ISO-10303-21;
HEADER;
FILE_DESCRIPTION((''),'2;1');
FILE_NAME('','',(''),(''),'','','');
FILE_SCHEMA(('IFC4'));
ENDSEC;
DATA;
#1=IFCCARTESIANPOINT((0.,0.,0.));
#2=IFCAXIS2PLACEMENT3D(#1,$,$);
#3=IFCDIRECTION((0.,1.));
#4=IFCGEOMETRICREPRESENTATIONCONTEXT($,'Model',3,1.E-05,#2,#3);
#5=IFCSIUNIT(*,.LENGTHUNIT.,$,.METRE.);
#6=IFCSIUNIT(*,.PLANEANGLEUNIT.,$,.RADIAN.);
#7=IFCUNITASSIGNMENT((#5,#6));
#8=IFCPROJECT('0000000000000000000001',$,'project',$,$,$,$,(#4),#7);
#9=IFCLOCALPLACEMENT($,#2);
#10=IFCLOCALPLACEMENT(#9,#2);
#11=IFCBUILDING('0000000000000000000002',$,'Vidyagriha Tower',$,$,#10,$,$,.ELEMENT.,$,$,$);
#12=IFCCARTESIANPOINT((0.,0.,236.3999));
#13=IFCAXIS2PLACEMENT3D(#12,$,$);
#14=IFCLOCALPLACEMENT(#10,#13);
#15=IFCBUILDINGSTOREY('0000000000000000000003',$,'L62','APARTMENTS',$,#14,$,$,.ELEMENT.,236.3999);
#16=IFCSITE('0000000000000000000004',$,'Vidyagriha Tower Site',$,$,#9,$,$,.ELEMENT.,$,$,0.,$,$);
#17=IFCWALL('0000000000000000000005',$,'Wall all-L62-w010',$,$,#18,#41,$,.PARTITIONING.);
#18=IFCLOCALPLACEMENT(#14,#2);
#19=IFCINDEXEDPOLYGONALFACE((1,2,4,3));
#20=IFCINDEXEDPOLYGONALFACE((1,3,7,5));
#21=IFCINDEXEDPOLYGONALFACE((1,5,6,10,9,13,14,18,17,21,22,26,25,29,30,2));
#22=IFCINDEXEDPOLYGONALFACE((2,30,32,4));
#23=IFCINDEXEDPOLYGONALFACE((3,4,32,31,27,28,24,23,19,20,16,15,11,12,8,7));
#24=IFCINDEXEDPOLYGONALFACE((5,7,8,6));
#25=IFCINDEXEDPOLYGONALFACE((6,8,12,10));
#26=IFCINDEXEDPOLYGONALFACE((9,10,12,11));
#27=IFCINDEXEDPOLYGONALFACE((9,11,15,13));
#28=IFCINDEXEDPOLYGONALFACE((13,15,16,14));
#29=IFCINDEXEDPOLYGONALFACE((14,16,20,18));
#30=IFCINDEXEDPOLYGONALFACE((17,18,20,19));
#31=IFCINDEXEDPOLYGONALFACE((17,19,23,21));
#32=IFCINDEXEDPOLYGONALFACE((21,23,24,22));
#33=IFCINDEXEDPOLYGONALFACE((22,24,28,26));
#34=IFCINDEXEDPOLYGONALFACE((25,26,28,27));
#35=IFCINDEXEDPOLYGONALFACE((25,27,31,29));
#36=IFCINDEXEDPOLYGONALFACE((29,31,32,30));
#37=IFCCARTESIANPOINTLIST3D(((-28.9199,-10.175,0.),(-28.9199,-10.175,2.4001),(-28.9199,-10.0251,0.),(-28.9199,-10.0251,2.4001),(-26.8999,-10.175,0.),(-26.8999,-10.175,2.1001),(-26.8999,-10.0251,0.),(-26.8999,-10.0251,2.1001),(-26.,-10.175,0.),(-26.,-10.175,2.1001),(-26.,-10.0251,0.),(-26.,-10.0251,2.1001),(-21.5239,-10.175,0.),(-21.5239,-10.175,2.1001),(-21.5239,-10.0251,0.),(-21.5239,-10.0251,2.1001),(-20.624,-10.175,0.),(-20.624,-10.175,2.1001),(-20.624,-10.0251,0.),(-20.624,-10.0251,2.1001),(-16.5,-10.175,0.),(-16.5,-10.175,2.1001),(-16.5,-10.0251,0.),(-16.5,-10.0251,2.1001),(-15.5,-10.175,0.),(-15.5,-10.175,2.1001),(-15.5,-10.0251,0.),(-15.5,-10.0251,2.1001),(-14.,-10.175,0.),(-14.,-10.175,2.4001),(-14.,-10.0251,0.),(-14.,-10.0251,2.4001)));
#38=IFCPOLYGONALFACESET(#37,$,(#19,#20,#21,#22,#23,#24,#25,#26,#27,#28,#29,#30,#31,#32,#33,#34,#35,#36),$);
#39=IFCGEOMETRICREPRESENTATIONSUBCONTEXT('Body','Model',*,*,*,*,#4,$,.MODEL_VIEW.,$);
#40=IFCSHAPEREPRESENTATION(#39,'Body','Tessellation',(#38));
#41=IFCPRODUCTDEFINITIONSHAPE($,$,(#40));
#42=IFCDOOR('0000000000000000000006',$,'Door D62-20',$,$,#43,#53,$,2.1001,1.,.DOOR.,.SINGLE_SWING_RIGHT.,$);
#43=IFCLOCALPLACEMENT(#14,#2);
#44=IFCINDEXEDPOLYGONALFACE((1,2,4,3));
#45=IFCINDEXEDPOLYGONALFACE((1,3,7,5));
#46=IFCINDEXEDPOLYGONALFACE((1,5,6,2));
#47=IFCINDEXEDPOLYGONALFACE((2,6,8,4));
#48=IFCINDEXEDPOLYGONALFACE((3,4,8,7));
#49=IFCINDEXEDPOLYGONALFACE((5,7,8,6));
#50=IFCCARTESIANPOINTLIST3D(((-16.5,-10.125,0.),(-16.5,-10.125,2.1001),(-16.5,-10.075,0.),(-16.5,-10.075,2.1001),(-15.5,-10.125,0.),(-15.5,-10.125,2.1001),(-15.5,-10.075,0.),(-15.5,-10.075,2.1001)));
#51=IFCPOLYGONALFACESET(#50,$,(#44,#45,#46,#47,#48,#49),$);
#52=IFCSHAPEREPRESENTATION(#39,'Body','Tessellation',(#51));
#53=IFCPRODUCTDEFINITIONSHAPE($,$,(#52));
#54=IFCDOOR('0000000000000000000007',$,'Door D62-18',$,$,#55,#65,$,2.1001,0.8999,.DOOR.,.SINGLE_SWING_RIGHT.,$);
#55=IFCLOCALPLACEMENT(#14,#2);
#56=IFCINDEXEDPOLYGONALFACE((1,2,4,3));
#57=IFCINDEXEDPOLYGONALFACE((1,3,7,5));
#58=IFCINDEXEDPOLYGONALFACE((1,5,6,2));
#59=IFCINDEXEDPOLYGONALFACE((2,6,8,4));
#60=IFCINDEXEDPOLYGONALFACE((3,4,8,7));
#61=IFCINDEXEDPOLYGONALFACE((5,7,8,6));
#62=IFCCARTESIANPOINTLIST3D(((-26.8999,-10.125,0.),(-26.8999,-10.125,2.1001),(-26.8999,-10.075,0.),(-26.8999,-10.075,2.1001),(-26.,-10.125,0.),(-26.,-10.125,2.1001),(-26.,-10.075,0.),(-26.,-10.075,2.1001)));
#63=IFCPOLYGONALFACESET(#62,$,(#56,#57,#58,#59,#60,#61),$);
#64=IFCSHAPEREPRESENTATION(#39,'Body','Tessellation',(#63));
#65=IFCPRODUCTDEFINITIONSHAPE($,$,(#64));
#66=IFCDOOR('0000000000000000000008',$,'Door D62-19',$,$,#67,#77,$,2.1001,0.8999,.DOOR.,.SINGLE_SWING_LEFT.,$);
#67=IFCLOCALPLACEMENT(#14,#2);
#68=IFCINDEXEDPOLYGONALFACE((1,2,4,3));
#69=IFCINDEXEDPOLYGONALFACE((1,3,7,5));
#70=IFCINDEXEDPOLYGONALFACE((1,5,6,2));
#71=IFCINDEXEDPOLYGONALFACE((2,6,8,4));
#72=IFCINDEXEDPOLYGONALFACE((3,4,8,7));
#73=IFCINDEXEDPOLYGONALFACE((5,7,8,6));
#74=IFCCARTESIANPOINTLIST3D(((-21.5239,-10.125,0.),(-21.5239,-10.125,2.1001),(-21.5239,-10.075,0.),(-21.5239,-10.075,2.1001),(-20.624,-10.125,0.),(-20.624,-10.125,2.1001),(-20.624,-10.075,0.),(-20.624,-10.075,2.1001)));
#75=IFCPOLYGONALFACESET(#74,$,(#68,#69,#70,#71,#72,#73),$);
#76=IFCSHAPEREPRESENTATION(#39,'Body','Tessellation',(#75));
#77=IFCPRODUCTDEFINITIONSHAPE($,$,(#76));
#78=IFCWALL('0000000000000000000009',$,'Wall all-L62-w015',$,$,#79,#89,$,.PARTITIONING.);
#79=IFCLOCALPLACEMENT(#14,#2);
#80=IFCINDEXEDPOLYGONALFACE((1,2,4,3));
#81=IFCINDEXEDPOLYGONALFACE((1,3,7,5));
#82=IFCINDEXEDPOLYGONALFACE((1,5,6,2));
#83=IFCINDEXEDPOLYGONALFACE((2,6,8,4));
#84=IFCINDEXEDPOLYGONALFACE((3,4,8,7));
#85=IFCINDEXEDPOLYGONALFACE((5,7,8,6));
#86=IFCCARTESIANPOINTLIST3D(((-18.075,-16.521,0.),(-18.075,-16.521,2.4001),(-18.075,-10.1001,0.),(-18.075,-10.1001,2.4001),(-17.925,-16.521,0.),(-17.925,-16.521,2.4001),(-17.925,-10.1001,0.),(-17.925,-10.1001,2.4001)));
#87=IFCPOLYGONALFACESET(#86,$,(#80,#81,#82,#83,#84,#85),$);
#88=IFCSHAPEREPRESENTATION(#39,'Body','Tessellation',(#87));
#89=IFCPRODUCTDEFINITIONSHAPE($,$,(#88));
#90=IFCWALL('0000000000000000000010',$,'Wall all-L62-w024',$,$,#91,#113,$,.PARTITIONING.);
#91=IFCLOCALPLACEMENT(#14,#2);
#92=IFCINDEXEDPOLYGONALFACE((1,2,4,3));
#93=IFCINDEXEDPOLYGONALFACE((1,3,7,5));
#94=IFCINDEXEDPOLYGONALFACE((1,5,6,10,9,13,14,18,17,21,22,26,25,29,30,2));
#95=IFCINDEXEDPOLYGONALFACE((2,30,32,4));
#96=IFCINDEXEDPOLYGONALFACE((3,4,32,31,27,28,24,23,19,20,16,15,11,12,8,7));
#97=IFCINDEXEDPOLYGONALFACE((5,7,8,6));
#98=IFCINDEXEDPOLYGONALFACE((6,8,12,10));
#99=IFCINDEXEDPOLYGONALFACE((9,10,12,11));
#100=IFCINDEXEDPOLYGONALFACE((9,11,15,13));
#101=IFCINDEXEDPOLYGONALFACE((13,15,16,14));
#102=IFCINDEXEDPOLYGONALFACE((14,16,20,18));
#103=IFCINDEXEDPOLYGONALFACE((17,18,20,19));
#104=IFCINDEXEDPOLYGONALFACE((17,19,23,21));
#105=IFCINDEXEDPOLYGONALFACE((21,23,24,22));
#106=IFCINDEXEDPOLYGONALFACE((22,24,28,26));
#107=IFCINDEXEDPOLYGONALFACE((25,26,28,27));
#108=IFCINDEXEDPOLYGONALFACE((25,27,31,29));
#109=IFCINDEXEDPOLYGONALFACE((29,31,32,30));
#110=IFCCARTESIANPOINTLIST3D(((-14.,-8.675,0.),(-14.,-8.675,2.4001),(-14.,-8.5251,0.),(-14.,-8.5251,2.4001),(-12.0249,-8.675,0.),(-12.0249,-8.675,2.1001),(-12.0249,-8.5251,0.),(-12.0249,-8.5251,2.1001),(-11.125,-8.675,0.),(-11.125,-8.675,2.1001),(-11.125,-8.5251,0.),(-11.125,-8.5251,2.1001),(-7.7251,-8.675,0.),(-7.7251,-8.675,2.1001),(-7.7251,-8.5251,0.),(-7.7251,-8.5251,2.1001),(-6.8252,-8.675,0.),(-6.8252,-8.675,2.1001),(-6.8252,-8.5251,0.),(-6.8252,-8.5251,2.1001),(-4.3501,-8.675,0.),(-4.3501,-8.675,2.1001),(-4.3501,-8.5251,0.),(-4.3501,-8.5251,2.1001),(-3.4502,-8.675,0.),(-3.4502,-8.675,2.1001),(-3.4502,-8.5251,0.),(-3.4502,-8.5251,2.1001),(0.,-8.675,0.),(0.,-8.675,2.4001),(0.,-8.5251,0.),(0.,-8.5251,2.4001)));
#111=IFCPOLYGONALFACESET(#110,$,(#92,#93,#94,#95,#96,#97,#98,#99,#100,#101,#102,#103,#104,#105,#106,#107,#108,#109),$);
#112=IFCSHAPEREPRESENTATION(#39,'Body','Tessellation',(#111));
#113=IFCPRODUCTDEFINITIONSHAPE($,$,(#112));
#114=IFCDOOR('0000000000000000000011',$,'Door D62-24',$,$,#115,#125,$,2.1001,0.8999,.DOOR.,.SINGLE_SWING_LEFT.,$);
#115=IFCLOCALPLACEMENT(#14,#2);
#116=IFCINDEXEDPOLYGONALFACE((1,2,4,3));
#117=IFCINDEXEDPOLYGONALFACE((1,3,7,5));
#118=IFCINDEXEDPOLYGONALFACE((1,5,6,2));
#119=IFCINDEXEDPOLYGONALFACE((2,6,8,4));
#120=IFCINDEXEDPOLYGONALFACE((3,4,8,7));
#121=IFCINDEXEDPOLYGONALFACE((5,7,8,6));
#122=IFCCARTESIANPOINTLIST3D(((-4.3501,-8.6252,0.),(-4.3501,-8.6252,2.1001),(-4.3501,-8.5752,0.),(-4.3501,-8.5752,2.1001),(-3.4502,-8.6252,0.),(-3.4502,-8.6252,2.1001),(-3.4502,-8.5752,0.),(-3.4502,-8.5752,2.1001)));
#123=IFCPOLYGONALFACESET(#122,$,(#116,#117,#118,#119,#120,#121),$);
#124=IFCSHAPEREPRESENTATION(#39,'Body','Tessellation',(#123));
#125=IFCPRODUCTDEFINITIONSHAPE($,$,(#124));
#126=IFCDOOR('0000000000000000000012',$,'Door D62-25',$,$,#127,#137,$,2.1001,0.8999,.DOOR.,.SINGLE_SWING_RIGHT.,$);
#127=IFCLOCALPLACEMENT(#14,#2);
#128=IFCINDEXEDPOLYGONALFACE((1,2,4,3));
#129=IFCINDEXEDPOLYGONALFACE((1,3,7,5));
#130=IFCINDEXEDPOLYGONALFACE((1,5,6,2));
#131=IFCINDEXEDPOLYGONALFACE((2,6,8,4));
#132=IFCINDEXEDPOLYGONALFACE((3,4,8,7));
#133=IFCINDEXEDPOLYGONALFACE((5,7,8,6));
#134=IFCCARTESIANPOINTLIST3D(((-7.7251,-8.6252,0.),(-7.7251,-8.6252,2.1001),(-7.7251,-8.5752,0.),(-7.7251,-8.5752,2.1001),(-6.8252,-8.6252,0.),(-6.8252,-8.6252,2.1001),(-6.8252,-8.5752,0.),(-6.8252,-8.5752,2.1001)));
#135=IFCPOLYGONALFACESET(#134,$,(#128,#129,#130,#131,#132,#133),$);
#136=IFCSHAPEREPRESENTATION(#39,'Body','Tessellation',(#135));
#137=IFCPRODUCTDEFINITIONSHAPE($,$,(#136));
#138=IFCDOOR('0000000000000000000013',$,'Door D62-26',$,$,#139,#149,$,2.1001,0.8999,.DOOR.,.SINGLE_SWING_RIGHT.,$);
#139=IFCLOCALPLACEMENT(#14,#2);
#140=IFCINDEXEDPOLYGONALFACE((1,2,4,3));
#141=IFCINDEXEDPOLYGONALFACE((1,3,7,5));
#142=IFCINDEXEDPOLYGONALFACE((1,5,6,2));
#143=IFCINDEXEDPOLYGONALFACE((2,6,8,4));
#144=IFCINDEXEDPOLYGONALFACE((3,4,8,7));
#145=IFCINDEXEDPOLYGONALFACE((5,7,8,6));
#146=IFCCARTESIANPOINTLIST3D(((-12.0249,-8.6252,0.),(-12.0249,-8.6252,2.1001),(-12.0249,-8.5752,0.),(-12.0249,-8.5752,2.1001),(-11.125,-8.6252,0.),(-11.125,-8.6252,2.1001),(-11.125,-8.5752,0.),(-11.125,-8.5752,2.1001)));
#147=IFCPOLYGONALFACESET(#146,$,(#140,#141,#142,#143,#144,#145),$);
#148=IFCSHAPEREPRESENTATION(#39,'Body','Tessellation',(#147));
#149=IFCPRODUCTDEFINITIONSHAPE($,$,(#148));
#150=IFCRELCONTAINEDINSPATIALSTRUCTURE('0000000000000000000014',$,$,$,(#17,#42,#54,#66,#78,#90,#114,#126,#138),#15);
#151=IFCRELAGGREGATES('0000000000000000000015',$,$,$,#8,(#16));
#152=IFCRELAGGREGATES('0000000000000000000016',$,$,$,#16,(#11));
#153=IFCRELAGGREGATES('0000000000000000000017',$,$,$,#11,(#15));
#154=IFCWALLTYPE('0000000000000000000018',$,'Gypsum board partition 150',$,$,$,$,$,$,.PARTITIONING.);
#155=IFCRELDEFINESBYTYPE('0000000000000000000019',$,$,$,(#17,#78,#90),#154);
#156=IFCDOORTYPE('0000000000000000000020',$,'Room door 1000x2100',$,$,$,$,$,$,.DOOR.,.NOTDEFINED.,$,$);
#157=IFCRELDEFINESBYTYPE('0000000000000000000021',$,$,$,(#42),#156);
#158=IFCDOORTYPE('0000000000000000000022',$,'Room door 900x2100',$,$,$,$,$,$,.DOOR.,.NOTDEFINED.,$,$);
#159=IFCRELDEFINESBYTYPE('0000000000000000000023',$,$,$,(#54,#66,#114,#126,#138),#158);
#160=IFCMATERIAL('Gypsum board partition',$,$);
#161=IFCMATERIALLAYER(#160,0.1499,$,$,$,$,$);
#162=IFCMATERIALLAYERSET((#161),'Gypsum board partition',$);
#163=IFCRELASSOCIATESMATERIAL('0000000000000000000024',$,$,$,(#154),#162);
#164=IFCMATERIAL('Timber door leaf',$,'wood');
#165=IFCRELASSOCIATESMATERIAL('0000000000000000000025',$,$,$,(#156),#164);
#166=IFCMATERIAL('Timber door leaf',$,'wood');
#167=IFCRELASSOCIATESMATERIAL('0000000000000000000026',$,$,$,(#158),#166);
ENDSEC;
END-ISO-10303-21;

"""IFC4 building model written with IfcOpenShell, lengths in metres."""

from ifc_helpers import new_model, si_unit, direction, frame, frame_2d, origin, place, context, subcontext, project, spatial, rectangle, extrude, material, layer, layer_set, type_object, element, fill, save


model = new_model("IFC4")

# Units and contexts
model_context = context("Model", 3, precision=1e-05, world=origin(), true_north=direction((0.0, 1.0)))
body_context = subcontext(model_context, "Body", "Model", "MODEL_VIEW")
ifc_project = project(units=[si_unit("LENGTHUNIT", "METRE"), si_unit("PLANEANGLEUNIT", "RADIAN")], contexts=[model_context])

# Site, building, storey
site_placement = place(None, origin())
site = spatial("IfcSite", under=ifc_project, at=site_placement, Name="Vidyagriha Tower Site", CompositionType="ELEMENT", RefElevation=0.0)
building_placement = place(site_placement, origin())
building = spatial("IfcBuilding", under=site, at=building_placement, Name="Vidyagriha Tower", CompositionType="ELEMENT")
storey_placement = place(building_placement, frame((0.0, 0.0, 236.3999)))
storey = spatial("IfcBuildingStorey", under=building, at=storey_placement, Name="L62", Description="APARTMENTS", CompositionType="ELEMENT", Elevation=236.3999)

# Shared definitions
ifc_material_1 = material(Name="Gypsum board partition")
ifc_layer_1 = layer(ifc_material_1, 0.1499)
ifc_layer_set_1 = layer_set([ifc_layer_1], Name="Gypsum board partition")
wall_type_1 = type_object("IfcWallType", Name="Gypsum board partition 150", PredefinedType="PARTITIONING", material=ifc_layer_set_1)

# Wall, openings, doors
wall_1_placement = place(storey_placement, frame((-14.0, -10.1001, 0.0), z_axis=(0.0, 0.0, 1.0), x_axis=(-1.0, 0.0, 0.0)))
wall_1 = element("IfcWall", 1, at=wall_1_placement, inside=storey, type_object=wall_type_1, Name="Wall all-L62-w010", PredefinedType="PARTITIONING", context=body_context, shape_type="SweptSolid", body=[
    extrude(rectangle(XDim=14.9199, YDim=0.1499, at=frame_2d((7.46, 0.0))), origin(), (0.0, 0.0, 1.0), 2.4001),
])
opening_1_placement = place(wall_1_placement, frame((12.0, 0.0, 0.0)))
opening_1 = element("IfcOpeningElement", 2, at=opening_1_placement, cuts=wall_1, PredefinedType="OPENING", context=body_context, shape_type="SweptSolid", body=[
    extrude(rectangle(XDim=0.8999, YDim=2.1001, at=frame_2d((0.45, 1.05))), frame((0.0, 0.085, 0.0), z_axis=(0.0, -1.0, 0.0), x_axis=(1.0, 0.0, 0.0)), (0.0, 0.0, 1.0), 0.1699),
])
opening_2_placement = place(wall_1_placement, frame((6.624, 0.0, 0.0)))
opening_2 = element("IfcOpeningElement", 3, at=opening_2_placement, cuts=wall_1, PredefinedType="OPENING", context=body_context, shape_type="SweptSolid", body=[
    extrude(rectangle(XDim=0.8999, YDim=2.1001, at=frame_2d((0.45, 1.05))), frame((0.0, 0.085, 0.0), z_axis=(0.0, -1.0, 0.0), x_axis=(1.0, 0.0, 0.0)), (0.0, 0.0, 1.0), 0.1699),
])
opening_3_placement = place(wall_1_placement, frame((1.5, 0.0, 0.0)))
opening_3 = element("IfcOpeningElement", 4, at=opening_3_placement, cuts=wall_1, PredefinedType="OPENING", context=body_context, shape_type="SweptSolid", body=[
    extrude(rectangle(XDim=1.0, YDim=2.1001, at=frame_2d((0.5, 1.05))), frame((0.0, 0.085, 0.0), z_axis=(0.0, -1.0, 0.0), x_axis=(1.0, 0.0, 0.0)), (0.0, 0.0, 1.0), 0.1699),
])
ifc_material_2 = material(Name="Timber door leaf", Category="wood")
door_type_1 = type_object("IfcDoorType", Name="Room door 1000x2100", OperationType="NOTDEFINED", PredefinedType="DOOR", material=ifc_material_2)
door_1_placement = place(opening_3_placement, origin())
door_1 = element("IfcDoor", 5, at=door_1_placement, inside=storey, type_object=door_type_1, Name="Door D62-20", OperationType="SINGLE_SWING_RIGHT", OverallHeight=2.1001, OverallWidth=1.0, PredefinedType="DOOR", context=body_context, shape_type="SweptSolid", body=[
    extrude(rectangle(XDim=1.0, YDim=2.1001, at=frame_2d((0.5, 1.05))), frame((0.0, 0.0249, 0.0), z_axis=(0.0, -1.0, 0.0), x_axis=(1.0, 0.0, 0.0)), (0.0, 0.0, 1.0), 0.05),
])
fill(opening_3, door_1)
ifc_material_3 = material(Name="Timber door leaf", Category="wood")
door_type_2 = type_object("IfcDoorType", Name="Room door 900x2100", OperationType="NOTDEFINED", PredefinedType="DOOR", material=ifc_material_3)
door_2_placement = place(opening_1_placement, origin())
door_2 = element("IfcDoor", 6, at=door_2_placement, inside=storey, type_object=door_type_2, Name="Door D62-18", OperationType="SINGLE_SWING_RIGHT", OverallHeight=2.1001, OverallWidth=0.8999, PredefinedType="DOOR", context=body_context, shape_type="SweptSolid", body=[
    extrude(rectangle(XDim=0.8999, YDim=2.1001, at=frame_2d((0.45, 1.05))), frame((0.0, 0.0249, 0.0), z_axis=(0.0, -1.0, 0.0), x_axis=(1.0, 0.0, 0.0)), (0.0, 0.0, 1.0), 0.05),
])
fill(opening_1, door_2)
door_3_placement = place(opening_2_placement, origin())
door_3 = element("IfcDoor", 7, at=door_3_placement, inside=storey, type_object=door_type_2, Name="Door D62-19", OperationType="SINGLE_SWING_LEFT", OverallHeight=2.1001, OverallWidth=0.8999, PredefinedType="DOOR", context=body_context, shape_type="SweptSolid", body=[
    extrude(rectangle(XDim=0.8999, YDim=2.1001, at=frame_2d((0.45, 1.05))), frame((0.0, 0.0249, 0.0), z_axis=(0.0, -1.0, 0.0), x_axis=(1.0, 0.0, 0.0)), (0.0, 0.0, 1.0), 0.05),
])
fill(opening_2, door_3)

# Wall
wall_2_placement = place(storey_placement, frame((-18.0, -10.1001, 0.0), z_axis=(0.0, 0.0, 1.0), x_axis=(0.0, -1.0, 0.0)))
element("IfcWall", 8, at=wall_2_placement, inside=storey, type_object=wall_type_1, Name="Wall all-L62-w015", PredefinedType="PARTITIONING", context=body_context, shape_type="SweptSolid", body=[
    extrude(rectangle(XDim=6.4209, YDim=0.1499, at=frame_2d((3.2104, 0.0))), origin(), (0.0, 0.0, 1.0), 2.4001),
])

# Wall, openings, doors
wall_3_placement = place(storey_placement, frame((-14.0, -8.6001, 0.0)))
wall_3 = element("IfcWall", 9, at=wall_3_placement, inside=storey, type_object=wall_type_1, Name="Wall all-L62-w024", PredefinedType="PARTITIONING", context=body_context, shape_type="SweptSolid", body=[
    extrude(rectangle(XDim=14.0, YDim=0.1499, at=frame_2d((7.0, 0.0))), origin(), (0.0, 0.0, 1.0), 2.4001),
])
opening_4_placement = place(wall_3_placement, frame((9.6499, 0.0, 0.0)))
opening_4 = element("IfcOpeningElement", 10, at=opening_4_placement, cuts=wall_3, PredefinedType="OPENING", context=body_context, shape_type="SweptSolid", body=[
    extrude(rectangle(XDim=0.8999, YDim=2.1001, at=frame_2d((0.45, 1.05))), frame((0.0, 0.085, 0.0), z_axis=(0.0, -1.0, 0.0), x_axis=(1.0, 0.0, 0.0)), (0.0, 0.0, 1.0), 0.1699),
])
opening_5_placement = place(wall_3_placement, frame((6.2749, 0.0, 0.0)))
opening_5 = element("IfcOpeningElement", 11, at=opening_5_placement, cuts=wall_3, PredefinedType="OPENING", context=body_context, shape_type="SweptSolid", body=[
    extrude(rectangle(XDim=0.8999, YDim=2.1001, at=frame_2d((0.45, 1.05))), frame((0.0, 0.085, 0.0), z_axis=(0.0, -1.0, 0.0), x_axis=(1.0, 0.0, 0.0)), (0.0, 0.0, 1.0), 0.1699),
])
opening_6_placement = place(wall_3_placement, frame((1.9751, 0.0, 0.0)))
opening_6 = element("IfcOpeningElement", 12, at=opening_6_placement, cuts=wall_3, PredefinedType="OPENING", context=body_context, shape_type="SweptSolid", body=[
    extrude(rectangle(XDim=0.8999, YDim=2.1001, at=frame_2d((0.45, 1.05))), frame((0.0, 0.085, 0.0), z_axis=(0.0, -1.0, 0.0), x_axis=(1.0, 0.0, 0.0)), (0.0, 0.0, 1.0), 0.1699),
])
door_4_placement = place(opening_4_placement, origin())
door_4 = element("IfcDoor", 13, at=door_4_placement, inside=storey, type_object=door_type_2, Name="Door D62-24", OperationType="SINGLE_SWING_LEFT", OverallHeight=2.1001, OverallWidth=0.8999, PredefinedType="DOOR", context=body_context, shape_type="SweptSolid", body=[
    extrude(rectangle(XDim=0.8999, YDim=2.1001, at=frame_2d((0.45, 1.05))), frame((0.0, 0.0249, 0.0), z_axis=(0.0, -1.0, 0.0), x_axis=(1.0, 0.0, 0.0)), (0.0, 0.0, 1.0), 0.05),
])
fill(opening_4, door_4)
door_5_placement = place(opening_5_placement, origin())
door_5 = element("IfcDoor", 14, at=door_5_placement, inside=storey, type_object=door_type_2, Name="Door D62-25", OperationType="SINGLE_SWING_RIGHT", OverallHeight=2.1001, OverallWidth=0.8999, PredefinedType="DOOR", context=body_context, shape_type="SweptSolid", body=[
    extrude(rectangle(XDim=0.8999, YDim=2.1001, at=frame_2d((0.45, 1.05))), frame((0.0, 0.0249, 0.0), z_axis=(0.0, -1.0, 0.0), x_axis=(1.0, 0.0, 0.0)), (0.0, 0.0, 1.0), 0.05),
])
fill(opening_5, door_5)
door_6_placement = place(opening_6_placement, origin())
door_6 = element("IfcDoor", 15, at=door_6_placement, inside=storey, type_object=door_type_2, Name="Door D62-26", OperationType="SINGLE_SWING_RIGHT", OverallHeight=2.1001, OverallWidth=0.8999, PredefinedType="DOOR", context=body_context, shape_type="SweptSolid", body=[
    extrude(rectangle(XDim=0.8999, YDim=2.1001, at=frame_2d((0.45, 1.05))), frame((0.0, 0.0249, 0.0), z_axis=(0.0, -1.0, 0.0), x_axis=(1.0, 0.0, 0.0)), (0.0, 0.0, 1.0), 0.05),
])
fill(opening_6, door_6)

save(model, "model.ifc")
